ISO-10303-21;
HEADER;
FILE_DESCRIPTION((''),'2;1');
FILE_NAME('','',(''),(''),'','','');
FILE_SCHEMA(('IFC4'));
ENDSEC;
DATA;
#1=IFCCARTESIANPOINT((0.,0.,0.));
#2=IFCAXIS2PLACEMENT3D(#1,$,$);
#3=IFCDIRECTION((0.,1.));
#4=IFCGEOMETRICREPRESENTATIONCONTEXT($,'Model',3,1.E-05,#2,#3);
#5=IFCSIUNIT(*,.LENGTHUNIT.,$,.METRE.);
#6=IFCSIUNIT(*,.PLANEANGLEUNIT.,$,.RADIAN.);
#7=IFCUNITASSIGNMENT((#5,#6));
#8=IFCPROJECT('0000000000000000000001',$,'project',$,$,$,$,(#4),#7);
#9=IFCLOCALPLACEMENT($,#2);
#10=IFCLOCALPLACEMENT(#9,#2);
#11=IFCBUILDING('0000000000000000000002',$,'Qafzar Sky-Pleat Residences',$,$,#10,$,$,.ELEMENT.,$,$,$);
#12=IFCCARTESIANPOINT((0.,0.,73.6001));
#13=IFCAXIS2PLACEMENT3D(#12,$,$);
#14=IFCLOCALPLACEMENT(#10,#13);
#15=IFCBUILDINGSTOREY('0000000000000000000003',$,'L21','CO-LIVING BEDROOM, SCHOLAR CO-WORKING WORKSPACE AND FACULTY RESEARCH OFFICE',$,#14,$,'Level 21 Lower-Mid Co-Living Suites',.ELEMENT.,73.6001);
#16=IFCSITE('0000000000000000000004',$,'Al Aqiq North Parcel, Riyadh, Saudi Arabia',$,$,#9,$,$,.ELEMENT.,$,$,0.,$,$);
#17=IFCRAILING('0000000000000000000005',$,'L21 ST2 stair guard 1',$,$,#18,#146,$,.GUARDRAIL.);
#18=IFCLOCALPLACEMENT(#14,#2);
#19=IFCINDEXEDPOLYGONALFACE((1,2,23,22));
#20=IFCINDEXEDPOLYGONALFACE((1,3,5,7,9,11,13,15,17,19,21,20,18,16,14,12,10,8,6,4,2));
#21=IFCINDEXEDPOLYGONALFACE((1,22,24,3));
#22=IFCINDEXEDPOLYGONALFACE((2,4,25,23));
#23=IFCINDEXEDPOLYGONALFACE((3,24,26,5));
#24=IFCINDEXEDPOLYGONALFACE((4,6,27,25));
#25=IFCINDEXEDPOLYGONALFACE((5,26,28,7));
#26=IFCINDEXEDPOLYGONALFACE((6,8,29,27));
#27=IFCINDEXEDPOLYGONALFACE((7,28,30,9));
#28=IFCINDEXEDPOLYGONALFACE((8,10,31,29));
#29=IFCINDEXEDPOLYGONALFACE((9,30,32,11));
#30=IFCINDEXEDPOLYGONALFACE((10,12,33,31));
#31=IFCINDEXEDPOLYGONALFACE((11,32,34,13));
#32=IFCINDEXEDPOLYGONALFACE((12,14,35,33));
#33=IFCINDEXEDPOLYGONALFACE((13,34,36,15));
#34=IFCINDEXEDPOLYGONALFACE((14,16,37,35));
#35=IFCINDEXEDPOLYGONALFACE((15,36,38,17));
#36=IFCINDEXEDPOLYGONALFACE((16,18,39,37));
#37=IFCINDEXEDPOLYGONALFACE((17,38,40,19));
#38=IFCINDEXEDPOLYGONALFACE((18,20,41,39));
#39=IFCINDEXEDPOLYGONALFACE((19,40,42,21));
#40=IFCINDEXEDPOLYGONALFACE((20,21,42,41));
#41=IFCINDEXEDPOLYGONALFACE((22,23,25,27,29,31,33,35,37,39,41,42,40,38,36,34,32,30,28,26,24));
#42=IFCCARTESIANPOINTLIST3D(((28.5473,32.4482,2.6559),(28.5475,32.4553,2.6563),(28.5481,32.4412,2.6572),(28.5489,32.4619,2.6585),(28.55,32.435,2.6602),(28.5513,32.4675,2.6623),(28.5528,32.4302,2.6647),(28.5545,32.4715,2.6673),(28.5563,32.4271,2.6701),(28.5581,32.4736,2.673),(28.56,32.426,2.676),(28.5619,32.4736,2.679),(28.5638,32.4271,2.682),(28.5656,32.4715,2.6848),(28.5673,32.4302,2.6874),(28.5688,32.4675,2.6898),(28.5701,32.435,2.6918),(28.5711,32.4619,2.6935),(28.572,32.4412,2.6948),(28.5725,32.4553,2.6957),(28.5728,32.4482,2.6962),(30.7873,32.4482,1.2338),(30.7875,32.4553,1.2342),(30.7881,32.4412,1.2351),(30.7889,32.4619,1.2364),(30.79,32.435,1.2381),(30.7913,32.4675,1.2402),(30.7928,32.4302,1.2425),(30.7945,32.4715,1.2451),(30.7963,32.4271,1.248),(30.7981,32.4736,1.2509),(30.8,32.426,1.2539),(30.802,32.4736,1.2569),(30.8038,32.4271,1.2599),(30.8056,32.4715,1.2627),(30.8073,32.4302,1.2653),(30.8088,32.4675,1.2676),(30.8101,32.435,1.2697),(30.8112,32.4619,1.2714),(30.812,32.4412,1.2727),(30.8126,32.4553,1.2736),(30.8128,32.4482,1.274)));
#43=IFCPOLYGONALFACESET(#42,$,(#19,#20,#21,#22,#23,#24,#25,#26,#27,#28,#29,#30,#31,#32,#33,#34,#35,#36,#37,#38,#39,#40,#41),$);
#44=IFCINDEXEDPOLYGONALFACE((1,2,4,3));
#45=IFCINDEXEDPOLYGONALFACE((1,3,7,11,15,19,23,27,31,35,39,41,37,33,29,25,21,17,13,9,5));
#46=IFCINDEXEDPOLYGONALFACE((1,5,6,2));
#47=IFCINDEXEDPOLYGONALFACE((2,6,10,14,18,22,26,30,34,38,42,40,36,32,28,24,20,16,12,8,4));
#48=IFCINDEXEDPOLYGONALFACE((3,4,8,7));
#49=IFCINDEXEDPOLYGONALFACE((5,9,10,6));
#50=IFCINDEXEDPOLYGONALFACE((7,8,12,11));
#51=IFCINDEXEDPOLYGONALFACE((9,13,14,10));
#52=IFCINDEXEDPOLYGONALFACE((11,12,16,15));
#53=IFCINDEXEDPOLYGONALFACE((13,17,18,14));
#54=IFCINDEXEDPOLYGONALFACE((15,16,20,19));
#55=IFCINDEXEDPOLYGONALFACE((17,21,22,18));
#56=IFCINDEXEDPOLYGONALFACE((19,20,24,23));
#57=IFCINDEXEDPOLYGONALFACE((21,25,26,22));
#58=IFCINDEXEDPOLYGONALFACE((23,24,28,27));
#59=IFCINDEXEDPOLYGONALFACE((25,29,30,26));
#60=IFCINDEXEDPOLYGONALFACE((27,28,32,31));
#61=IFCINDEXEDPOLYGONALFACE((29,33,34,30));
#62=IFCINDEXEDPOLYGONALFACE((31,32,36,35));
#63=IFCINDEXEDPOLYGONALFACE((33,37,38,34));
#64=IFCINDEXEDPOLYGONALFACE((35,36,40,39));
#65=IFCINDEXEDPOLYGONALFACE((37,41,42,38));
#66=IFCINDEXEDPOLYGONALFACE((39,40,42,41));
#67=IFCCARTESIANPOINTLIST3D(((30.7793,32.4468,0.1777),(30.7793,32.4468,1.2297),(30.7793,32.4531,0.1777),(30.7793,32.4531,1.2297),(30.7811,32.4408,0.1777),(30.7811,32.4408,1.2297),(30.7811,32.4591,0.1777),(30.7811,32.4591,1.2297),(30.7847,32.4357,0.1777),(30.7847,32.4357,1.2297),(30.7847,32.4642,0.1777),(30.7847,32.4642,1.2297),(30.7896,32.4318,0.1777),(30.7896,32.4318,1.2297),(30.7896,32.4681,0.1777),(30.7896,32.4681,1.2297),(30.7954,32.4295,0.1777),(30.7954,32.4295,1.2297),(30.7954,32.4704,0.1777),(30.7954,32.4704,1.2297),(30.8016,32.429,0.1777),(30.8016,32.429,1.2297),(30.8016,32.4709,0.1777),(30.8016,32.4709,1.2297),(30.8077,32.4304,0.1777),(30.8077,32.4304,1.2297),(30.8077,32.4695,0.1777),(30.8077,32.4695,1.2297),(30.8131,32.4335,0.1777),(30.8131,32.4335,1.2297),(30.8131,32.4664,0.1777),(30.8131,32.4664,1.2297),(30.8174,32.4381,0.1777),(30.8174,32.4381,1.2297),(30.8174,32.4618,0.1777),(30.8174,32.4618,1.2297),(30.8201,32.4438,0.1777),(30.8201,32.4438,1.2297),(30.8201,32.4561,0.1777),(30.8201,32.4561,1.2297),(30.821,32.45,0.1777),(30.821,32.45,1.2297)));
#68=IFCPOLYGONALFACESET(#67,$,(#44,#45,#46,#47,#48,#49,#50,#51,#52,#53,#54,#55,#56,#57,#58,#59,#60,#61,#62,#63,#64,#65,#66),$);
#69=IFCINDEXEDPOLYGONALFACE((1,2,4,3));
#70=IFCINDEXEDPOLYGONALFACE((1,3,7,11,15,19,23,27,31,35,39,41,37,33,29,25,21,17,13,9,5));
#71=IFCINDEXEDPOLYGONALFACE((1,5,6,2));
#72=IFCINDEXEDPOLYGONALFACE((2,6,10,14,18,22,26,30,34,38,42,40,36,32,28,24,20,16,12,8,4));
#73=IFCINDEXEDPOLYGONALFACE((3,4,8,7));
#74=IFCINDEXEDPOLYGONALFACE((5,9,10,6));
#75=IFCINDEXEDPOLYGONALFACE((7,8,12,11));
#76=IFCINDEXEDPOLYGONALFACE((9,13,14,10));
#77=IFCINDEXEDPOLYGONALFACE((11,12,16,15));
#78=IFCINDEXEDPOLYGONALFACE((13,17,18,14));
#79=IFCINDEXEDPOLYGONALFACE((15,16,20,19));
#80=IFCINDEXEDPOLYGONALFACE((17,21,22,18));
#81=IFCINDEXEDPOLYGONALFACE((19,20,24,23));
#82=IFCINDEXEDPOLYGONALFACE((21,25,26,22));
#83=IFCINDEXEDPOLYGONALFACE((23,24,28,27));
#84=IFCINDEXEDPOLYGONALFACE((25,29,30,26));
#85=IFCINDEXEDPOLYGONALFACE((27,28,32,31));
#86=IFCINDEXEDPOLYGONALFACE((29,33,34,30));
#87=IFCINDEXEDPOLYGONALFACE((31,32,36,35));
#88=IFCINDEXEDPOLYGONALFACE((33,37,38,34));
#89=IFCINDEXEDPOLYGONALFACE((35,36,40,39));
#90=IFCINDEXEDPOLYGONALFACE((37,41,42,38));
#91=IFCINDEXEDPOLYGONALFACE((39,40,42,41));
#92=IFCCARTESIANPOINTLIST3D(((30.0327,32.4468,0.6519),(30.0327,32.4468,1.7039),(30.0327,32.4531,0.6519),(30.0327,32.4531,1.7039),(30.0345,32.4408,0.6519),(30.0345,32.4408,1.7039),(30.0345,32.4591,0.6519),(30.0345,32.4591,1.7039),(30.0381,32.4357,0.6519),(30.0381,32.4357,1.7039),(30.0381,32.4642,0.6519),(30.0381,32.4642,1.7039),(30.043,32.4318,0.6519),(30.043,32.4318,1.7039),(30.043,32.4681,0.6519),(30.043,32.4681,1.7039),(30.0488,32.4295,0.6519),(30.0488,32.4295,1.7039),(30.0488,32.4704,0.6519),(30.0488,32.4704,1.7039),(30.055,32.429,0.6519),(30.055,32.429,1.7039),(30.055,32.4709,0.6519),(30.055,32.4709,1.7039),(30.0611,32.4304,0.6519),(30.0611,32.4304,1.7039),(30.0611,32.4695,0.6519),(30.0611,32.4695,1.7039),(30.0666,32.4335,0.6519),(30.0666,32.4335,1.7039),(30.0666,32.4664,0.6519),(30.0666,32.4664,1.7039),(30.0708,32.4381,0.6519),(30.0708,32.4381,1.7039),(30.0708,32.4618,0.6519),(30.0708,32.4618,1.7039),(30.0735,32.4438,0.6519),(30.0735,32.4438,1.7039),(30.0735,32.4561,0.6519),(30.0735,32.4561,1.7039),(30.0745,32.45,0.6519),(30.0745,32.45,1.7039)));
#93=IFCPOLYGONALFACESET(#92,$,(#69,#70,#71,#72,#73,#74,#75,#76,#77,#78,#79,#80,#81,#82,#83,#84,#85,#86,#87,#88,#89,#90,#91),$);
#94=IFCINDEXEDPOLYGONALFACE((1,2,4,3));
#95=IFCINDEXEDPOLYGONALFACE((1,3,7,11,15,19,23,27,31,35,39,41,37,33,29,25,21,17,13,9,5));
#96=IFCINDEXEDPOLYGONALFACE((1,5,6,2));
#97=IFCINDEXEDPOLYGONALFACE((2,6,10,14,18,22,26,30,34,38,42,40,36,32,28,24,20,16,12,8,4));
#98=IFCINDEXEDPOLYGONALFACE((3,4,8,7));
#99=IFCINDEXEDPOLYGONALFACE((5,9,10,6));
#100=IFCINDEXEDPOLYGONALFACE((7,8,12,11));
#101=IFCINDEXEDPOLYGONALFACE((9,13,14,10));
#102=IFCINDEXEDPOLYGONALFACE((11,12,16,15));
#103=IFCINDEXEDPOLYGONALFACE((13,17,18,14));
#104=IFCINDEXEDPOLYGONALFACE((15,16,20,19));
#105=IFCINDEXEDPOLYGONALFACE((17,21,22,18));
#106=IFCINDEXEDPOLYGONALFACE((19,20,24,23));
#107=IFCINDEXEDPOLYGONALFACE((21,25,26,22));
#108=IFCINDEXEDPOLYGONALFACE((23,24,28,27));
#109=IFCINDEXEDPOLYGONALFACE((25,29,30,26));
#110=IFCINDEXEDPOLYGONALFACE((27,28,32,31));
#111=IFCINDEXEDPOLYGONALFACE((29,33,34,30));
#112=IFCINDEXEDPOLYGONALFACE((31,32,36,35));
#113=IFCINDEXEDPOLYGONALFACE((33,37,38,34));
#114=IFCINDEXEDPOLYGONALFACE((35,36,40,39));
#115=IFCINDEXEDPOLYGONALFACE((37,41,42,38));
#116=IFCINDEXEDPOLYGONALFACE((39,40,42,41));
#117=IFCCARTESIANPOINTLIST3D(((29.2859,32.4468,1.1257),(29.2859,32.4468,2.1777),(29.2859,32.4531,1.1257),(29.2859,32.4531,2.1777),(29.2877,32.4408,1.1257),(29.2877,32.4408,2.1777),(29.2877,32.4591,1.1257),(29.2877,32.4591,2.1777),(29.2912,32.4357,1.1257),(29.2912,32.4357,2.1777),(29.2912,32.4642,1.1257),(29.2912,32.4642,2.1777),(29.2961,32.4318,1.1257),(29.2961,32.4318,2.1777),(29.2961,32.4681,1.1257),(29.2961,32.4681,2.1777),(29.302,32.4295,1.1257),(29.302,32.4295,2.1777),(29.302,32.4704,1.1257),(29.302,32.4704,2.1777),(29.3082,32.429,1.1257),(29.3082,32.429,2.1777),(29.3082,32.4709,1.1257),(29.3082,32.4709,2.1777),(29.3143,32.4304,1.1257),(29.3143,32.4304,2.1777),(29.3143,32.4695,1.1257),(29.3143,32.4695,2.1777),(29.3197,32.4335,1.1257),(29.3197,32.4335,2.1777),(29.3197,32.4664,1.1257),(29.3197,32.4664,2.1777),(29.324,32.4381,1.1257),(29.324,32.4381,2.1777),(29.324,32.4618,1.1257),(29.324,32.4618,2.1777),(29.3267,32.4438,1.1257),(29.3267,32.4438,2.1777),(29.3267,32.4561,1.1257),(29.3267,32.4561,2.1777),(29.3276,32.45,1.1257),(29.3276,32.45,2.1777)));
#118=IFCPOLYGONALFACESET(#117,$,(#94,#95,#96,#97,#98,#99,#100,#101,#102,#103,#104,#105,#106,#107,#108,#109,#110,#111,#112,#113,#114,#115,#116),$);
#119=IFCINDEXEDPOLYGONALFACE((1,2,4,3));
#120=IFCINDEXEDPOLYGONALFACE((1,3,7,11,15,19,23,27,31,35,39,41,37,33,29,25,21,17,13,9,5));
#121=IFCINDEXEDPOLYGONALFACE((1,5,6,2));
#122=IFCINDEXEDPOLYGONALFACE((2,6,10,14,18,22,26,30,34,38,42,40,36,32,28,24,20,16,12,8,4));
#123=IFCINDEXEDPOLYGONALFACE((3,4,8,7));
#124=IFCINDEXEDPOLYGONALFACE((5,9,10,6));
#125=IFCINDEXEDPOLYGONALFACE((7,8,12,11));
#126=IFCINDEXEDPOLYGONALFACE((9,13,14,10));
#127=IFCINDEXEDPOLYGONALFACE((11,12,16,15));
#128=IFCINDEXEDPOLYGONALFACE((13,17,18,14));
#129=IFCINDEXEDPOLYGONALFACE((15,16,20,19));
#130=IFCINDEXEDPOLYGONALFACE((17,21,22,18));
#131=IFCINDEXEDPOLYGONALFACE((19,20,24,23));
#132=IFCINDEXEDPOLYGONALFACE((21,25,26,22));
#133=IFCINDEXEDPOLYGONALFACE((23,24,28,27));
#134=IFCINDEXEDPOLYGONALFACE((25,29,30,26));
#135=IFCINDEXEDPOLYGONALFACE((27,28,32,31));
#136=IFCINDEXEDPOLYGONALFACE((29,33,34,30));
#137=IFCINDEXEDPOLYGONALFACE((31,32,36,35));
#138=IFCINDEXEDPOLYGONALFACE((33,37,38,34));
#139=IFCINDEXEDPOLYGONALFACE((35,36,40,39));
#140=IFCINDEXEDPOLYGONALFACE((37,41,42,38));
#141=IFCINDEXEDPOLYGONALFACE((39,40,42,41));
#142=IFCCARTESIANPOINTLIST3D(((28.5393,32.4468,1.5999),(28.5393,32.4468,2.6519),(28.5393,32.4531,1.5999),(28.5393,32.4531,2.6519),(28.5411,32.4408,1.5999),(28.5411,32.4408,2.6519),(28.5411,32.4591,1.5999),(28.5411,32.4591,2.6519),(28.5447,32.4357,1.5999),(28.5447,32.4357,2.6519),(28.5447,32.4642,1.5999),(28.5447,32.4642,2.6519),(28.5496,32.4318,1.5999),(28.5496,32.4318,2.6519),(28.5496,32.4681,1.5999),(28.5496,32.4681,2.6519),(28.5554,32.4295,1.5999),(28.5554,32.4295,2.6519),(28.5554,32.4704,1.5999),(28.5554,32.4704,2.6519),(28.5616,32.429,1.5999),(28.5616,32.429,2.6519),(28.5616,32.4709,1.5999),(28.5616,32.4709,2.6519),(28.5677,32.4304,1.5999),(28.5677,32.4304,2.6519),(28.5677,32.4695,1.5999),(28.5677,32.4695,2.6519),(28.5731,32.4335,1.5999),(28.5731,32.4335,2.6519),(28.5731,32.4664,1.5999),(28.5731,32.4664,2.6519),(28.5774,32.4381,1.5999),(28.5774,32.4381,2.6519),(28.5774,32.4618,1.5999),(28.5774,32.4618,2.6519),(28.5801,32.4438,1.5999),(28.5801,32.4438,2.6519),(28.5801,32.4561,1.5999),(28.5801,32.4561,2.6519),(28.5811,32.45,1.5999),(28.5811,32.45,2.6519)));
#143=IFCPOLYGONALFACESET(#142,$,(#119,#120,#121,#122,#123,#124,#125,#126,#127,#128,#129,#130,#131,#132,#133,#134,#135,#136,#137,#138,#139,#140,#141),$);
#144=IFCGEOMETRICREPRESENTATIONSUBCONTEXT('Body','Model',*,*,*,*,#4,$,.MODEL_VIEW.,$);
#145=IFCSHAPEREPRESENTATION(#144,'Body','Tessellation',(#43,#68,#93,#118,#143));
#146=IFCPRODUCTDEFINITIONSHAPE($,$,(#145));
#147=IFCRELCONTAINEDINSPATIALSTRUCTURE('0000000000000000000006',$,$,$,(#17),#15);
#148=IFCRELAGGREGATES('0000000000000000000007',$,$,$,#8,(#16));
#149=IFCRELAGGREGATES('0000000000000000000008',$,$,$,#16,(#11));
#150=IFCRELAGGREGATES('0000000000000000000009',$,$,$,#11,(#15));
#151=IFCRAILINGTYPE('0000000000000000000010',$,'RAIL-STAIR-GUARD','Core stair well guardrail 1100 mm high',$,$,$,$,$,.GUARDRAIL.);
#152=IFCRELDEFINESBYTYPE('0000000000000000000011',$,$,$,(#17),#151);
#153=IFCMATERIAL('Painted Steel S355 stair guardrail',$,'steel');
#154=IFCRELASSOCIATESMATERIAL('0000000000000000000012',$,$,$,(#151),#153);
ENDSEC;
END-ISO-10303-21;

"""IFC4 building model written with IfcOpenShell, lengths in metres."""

from ifc_helpers import new_model, si_unit, direction, frame, origin, origin_2d, place, context, subcontext, project, spatial, circle, extrude, source, transform, mapped, material, type_object, element, save


model = new_model("IFC4")

# Units and contexts
model_context = context("Model", 3, precision=1e-05, world=origin(), true_north=direction((0.0, 1.0)))
body_context = subcontext(model_context, "Body", "Model", "MODEL_VIEW")
ifc_project = project(units=[si_unit("LENGTHUNIT", "METRE"), si_unit("PLANEANGLEUNIT", "RADIAN")], contexts=[model_context])

# Site, building, storey
site_placement = place(None, origin())
site = spatial("IfcSite", under=ifc_project, at=site_placement, Name="Al Aqiq North Parcel, Riyadh, Saudi Arabia", CompositionType="ELEMENT", RefElevation=0.0)
building_placement = place(site_placement, origin())
building = spatial("IfcBuilding", under=site, at=building_placement, Name="Qafzar Sky-Pleat Residences", CompositionType="ELEMENT")
storey_placement = place(building_placement, frame((0.0, 0.0, 73.6001)))
storey = spatial("IfcBuildingStorey", under=building, at=storey_placement, Name="L21", Description="CO-LIVING BEDROOM, SCHOLAR CO-WORKING WORKSPACE AND FACULTY RESEARCH OFFICE", LongName="Level 21 Lower-Mid Co-Living Suites", CompositionType="ELEMENT", Elevation=73.6001)

# Railing
ifc_material_1 = material(Name="Painted Steel S355 stair guardrail", Category="steel")
railing_type_1 = type_object("IfcRailingType", Name="RAIL-STAIR-GUARD", Description="Core stair well guardrail 1100 mm high", PredefinedType="GUARDRAIL", material=ifc_material_1)
shared_shape_1 = source(origin(), body_context, "Body", "SweptSolid", [
    extrude(circle(Radius=0.0239, at=origin_2d()), frame((0.0, 0.0, 1.0762), z_axis=(-0.844229, 0.0, 0.535982), x_axis=(0.0, -1.0, 0.0)), (0.0, 0.0, 1.0), 2.6533),
    extrude(circle(Radius=0.021, at=origin_2d()), origin(), (0.0, 0.0, 1.0), 1.052),
    extrude(circle(Radius=0.021, at=origin_2d()), frame((-0.7466, 0.0, 0.4741)), (0.0, 0.0, 1.0), 1.052),
    extrude(circle(Radius=0.021, at=origin_2d()), frame((-1.4934, 0.0, 0.948)), (0.0, 0.0, 1.0), 1.052),
    extrude(circle(Radius=0.021, at=origin_2d()), frame((-2.24, 0.0, 1.4221)), (0.0, 0.0, 1.0), 1.052),
])
railing_1_placement = place(storey_placement, frame((30.8, 32.45, 0.1777)))
element("IfcRailing", 1, at=railing_1_placement, inside=storey, type_object=railing_type_1, Name="L21 ST2 stair guard 1", PredefinedType="GUARDRAIL", context=body_context, shape_type="MappedRepresentation", body=[
    mapped(shared_shape_1, transform((0.0, 0.0, 0.0), x_axis=(1.0, 0.0, 0.0), y_axis=(0.0, 1.0, 0.0), z_axis=(0.0, 0.0, 1.0), scale=1.0)),
])

save(model, "model.ifc")
